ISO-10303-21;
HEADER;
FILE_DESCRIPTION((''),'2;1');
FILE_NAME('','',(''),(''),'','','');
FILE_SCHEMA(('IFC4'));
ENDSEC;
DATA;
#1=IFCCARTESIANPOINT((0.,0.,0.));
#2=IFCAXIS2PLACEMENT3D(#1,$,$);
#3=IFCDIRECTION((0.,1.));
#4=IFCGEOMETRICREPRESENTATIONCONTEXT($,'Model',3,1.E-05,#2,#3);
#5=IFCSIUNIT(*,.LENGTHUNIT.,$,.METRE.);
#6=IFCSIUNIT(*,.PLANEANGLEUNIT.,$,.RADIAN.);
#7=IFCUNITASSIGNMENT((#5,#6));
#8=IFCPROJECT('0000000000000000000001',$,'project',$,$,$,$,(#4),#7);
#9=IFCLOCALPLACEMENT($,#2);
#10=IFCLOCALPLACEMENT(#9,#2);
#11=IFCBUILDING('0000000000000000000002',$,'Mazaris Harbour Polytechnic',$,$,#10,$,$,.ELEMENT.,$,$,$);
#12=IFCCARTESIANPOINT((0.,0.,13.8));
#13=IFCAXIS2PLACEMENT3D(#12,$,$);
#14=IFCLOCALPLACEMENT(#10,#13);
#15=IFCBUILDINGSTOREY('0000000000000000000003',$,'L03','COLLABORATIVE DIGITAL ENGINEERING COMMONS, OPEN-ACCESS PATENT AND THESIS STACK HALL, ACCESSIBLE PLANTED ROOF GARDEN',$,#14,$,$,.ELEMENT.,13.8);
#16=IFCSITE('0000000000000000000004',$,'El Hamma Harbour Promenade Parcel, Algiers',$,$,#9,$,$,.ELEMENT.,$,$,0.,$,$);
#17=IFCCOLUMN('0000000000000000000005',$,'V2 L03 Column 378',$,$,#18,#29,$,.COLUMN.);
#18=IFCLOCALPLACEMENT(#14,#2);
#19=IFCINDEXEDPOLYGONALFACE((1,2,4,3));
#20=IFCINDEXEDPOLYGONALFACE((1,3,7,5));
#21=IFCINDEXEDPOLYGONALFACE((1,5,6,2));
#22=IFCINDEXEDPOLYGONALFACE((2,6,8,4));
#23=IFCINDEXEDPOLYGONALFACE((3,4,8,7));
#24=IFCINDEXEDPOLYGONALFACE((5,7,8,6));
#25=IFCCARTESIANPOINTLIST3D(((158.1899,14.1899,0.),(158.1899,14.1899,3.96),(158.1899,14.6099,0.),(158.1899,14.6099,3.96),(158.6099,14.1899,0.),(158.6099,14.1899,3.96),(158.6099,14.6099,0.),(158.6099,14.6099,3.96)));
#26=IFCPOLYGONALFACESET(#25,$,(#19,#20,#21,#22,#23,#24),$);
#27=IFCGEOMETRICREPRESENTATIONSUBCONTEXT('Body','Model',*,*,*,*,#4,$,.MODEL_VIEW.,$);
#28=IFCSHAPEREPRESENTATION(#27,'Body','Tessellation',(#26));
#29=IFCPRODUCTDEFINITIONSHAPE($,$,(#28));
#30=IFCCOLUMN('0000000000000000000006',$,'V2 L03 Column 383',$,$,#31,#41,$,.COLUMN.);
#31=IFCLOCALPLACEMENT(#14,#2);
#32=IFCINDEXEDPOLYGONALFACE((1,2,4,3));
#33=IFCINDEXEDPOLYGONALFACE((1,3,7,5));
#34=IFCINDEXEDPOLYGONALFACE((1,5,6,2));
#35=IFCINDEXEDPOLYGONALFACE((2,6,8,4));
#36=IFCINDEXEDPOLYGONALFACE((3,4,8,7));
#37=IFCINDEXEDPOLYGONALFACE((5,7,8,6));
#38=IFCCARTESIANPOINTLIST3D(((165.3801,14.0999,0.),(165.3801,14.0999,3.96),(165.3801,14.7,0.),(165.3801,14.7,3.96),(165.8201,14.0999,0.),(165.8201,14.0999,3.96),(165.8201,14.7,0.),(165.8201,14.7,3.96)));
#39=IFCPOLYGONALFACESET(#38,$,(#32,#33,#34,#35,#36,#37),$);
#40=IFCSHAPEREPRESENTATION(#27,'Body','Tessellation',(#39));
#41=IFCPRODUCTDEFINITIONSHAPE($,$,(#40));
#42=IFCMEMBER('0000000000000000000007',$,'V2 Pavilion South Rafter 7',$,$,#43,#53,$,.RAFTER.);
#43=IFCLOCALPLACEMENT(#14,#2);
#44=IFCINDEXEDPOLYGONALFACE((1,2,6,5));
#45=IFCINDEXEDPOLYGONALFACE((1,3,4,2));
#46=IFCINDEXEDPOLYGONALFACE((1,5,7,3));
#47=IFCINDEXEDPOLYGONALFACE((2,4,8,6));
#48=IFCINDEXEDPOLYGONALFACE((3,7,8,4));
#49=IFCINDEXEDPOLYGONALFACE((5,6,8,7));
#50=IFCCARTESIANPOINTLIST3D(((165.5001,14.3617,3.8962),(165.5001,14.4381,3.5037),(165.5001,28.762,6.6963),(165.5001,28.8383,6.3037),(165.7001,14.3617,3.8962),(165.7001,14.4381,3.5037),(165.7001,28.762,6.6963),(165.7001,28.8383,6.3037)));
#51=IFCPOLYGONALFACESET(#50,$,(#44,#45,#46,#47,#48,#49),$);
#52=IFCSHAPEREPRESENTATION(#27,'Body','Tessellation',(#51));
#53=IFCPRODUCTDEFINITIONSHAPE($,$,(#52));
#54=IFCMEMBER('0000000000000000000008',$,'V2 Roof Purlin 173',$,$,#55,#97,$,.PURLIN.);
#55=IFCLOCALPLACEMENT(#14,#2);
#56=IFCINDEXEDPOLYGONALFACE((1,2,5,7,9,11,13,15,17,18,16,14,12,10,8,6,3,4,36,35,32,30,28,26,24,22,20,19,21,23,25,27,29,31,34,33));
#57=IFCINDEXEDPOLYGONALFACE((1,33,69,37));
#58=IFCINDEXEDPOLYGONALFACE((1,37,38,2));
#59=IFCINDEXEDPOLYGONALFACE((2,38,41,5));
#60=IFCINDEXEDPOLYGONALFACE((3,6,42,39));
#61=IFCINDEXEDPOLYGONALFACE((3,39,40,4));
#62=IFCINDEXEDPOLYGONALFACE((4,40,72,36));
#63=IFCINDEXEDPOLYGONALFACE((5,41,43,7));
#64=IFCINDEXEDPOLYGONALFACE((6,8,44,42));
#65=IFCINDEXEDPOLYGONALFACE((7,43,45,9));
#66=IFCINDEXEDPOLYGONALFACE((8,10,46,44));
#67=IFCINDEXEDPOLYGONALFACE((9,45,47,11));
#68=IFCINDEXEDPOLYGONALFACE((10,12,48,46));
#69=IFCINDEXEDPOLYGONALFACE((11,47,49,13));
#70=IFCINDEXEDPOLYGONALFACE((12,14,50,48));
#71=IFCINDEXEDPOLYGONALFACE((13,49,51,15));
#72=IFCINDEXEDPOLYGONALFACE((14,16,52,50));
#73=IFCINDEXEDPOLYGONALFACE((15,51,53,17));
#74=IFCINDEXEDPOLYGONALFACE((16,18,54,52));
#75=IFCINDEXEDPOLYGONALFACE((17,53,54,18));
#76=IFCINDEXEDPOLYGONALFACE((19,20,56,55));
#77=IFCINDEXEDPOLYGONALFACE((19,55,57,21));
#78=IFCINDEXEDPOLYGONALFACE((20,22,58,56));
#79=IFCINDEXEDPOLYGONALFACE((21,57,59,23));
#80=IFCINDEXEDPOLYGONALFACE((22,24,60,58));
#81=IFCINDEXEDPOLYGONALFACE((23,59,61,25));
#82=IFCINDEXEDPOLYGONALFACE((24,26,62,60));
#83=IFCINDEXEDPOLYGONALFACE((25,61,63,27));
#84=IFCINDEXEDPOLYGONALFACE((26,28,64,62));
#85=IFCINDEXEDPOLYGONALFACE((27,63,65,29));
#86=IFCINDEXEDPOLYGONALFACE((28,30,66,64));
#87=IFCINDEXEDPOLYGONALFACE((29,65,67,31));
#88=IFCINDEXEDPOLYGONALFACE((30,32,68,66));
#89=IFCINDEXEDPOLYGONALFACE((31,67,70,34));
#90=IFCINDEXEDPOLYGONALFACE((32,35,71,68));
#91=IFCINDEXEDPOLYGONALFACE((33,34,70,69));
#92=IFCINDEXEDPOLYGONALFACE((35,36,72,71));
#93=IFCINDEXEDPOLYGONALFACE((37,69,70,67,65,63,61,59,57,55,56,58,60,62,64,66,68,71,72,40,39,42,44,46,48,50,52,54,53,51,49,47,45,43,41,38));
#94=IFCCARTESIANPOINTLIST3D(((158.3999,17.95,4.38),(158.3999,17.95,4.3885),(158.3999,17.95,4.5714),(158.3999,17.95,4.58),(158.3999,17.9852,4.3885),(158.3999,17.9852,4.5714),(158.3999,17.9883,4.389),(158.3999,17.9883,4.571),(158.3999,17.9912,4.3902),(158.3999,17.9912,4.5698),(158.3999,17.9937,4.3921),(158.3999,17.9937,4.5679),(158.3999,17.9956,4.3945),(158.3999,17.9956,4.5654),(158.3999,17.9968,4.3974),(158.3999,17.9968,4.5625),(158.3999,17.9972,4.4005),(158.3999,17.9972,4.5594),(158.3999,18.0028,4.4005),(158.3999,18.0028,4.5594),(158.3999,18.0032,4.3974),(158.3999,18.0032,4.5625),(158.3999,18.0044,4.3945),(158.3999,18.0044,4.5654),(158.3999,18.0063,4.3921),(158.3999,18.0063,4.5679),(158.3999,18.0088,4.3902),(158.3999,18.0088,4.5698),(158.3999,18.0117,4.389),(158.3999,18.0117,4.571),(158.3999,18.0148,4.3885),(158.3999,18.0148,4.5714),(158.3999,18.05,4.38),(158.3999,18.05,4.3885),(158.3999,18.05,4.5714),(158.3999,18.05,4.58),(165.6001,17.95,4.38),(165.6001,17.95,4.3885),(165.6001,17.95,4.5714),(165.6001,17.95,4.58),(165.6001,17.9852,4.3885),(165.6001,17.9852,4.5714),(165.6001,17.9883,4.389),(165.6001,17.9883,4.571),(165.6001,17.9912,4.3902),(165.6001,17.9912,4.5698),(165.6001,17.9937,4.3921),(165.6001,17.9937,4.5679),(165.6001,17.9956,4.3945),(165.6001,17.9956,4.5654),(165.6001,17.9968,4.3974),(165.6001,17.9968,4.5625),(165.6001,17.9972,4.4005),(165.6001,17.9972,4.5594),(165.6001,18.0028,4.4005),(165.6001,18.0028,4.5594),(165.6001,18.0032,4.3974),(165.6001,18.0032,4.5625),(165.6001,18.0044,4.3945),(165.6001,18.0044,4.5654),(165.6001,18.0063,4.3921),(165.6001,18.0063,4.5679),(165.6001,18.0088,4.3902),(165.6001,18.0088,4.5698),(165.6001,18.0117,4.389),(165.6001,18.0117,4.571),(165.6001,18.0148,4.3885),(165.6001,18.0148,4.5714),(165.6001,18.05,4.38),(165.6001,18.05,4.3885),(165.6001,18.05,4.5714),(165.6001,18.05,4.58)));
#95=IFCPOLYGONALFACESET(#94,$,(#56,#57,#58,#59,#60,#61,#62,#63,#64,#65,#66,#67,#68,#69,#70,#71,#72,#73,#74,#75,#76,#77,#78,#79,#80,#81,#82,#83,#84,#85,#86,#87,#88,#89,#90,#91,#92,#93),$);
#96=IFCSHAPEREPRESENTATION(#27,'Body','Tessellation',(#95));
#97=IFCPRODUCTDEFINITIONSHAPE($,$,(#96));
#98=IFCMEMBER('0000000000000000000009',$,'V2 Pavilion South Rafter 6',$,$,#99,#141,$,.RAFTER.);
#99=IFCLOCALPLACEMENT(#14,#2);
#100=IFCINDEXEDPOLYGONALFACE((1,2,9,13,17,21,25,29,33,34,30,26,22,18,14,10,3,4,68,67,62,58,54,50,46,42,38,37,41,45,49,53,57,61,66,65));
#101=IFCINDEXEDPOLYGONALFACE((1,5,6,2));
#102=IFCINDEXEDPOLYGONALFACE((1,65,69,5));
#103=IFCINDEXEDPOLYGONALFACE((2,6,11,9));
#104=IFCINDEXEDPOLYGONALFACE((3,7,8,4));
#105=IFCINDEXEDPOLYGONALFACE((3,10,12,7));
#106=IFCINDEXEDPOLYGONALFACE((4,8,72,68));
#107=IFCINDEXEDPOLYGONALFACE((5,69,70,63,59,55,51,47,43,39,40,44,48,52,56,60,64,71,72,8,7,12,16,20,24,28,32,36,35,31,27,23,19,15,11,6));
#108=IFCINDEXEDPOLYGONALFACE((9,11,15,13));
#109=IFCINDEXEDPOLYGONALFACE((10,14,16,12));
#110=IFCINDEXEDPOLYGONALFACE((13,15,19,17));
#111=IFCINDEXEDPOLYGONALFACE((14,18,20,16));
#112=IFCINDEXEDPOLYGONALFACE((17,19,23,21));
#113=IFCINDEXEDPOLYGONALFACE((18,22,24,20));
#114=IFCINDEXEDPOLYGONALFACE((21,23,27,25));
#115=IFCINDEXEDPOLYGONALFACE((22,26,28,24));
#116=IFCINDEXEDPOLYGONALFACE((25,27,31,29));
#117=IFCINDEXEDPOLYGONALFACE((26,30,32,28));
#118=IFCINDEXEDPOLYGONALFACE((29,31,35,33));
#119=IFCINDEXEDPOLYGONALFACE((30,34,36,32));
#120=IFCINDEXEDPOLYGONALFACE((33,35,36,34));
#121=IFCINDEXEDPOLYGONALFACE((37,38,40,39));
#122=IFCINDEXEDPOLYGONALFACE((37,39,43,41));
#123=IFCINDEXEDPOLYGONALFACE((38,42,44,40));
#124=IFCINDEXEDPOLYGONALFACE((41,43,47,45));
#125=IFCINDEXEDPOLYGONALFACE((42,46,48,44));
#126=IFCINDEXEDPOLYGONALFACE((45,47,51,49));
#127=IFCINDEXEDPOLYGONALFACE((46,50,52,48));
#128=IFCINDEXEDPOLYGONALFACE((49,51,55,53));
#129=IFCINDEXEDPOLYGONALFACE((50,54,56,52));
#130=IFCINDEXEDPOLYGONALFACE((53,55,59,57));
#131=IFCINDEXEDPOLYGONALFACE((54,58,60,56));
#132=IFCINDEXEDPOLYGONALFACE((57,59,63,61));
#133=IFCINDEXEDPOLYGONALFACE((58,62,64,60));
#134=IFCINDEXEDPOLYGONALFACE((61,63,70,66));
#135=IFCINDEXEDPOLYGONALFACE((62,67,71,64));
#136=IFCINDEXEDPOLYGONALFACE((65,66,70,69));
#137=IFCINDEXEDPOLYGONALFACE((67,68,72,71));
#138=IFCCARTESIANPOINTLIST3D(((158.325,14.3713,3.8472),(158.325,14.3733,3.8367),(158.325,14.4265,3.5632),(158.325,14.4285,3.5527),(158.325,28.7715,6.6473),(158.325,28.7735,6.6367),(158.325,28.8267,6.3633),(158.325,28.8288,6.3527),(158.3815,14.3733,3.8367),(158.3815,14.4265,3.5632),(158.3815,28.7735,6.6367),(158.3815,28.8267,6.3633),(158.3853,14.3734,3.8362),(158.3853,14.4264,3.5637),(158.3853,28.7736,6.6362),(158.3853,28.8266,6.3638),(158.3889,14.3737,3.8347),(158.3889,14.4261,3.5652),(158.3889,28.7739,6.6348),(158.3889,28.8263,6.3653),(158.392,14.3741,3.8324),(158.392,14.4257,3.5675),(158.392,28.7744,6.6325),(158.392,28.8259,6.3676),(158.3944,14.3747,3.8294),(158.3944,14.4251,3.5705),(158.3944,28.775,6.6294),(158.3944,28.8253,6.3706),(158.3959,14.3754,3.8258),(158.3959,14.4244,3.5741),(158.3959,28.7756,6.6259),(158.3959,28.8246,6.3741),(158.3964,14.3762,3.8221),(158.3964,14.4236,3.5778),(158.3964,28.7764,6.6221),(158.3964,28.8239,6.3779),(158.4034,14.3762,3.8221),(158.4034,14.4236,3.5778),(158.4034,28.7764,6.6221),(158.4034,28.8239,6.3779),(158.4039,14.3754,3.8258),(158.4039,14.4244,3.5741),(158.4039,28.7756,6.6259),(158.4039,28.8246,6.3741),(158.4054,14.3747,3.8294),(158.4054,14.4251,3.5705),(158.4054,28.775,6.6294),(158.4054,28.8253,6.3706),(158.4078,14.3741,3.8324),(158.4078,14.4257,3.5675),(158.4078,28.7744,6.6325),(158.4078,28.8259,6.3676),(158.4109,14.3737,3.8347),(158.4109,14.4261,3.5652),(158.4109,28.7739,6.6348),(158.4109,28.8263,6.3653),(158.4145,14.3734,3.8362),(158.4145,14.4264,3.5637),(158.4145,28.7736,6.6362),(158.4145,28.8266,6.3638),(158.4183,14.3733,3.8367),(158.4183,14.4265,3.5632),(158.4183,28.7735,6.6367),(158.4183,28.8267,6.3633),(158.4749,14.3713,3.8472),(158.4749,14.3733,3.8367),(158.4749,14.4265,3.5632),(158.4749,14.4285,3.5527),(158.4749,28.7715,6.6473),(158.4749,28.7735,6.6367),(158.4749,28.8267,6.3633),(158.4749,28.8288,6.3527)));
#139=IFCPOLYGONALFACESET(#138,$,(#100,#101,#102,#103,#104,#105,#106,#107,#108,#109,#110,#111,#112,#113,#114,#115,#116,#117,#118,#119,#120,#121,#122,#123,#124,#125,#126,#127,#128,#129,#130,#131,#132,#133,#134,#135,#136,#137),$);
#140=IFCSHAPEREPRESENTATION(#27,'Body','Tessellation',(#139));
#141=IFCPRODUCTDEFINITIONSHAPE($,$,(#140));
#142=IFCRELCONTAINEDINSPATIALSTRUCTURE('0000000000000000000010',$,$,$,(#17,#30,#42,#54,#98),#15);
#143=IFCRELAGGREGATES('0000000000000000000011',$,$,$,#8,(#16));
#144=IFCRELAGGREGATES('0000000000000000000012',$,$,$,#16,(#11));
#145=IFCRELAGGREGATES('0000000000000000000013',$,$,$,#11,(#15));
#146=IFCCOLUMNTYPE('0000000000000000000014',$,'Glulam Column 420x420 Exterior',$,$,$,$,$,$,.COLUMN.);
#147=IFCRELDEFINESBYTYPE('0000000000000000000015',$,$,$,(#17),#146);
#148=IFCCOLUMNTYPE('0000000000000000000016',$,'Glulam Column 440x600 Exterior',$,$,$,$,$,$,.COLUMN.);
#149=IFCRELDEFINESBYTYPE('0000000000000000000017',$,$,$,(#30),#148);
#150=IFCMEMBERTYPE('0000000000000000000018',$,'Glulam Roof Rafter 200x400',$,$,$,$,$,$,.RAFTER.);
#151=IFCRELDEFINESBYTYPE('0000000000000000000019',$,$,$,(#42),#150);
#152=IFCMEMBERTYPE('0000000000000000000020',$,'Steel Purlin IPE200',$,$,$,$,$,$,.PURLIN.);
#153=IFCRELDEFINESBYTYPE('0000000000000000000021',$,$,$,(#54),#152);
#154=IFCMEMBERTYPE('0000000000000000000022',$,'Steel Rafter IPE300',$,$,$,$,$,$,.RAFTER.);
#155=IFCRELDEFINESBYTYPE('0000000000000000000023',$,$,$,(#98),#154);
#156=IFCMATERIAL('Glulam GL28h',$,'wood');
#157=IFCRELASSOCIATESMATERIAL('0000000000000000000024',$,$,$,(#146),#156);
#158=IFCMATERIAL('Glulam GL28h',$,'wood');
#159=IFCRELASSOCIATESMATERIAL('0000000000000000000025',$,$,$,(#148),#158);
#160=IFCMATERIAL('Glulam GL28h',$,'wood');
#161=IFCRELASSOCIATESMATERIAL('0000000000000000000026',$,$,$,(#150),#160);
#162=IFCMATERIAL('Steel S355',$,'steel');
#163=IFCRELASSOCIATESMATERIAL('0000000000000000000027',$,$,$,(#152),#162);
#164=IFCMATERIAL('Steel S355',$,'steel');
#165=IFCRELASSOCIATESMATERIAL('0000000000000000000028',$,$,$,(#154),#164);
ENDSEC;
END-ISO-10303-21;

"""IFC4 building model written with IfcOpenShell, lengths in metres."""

from ifc_helpers import new_model, si_unit, direction, frame, origin, origin_2d, place, context, subcontext, project, spatial, rectangle, i_section, extrude, material, material_profile, profile_set, type_object, element, save


model = new_model("IFC4")

# Units and contexts
model_context = context("Model", 3, precision=1e-05, world=origin(), true_north=direction((0.0, 1.0)))
body_context = subcontext(model_context, "Body", "Model", "MODEL_VIEW")
ifc_project = project(units=[si_unit("LENGTHUNIT", "METRE"), si_unit("PLANEANGLEUNIT", "RADIAN")], contexts=[model_context])

# Site, building, storey
site_placement = place(None, origin())
site = spatial("IfcSite", under=ifc_project, at=site_placement, Name="El Hamma Harbour Promenade Parcel, Algiers", CompositionType="ELEMENT", RefElevation=0.0)
building_placement = place(site_placement, origin())
building = spatial("IfcBuilding", under=site, at=building_placement, Name="Mazaris Harbour Polytechnic", CompositionType="ELEMENT")
storey_placement = place(building_placement, frame((0.0, 0.0, 13.8)))
storey = spatial("IfcBuildingStorey", under=building, at=storey_placement, Name="L03", Description="COLLABORATIVE DIGITAL ENGINEERING COMMONS, OPEN-ACCESS PATENT AND THESIS STACK HALL, ACCESSIBLE PLANTED ROOF GARDEN", CompositionType="ELEMENT", Elevation=13.8)

# Columns
ifc_material_1 = material(Name="Glulam GL28h", Category="wood")
ifc_material_profile_1 = material_profile(ifc_material_1, rectangle(XDim=0.4199, YDim=0.4199, at=origin_2d()), Name="RECT420x420")
ifc_profile_set_1 = profile_set([ifc_material_profile_1], Name="Glulam GL28h")
column_type_1 = type_object("IfcColumnType", Name="Glulam Column 420x420 Exterior", PredefinedType="COLUMN", material=ifc_profile_set_1)
column_1_placement = place(storey_placement, frame((158.3999, 14.3999, 0.0), z_axis=(0.0, 0.0, 1.0), x_axis=(1.0, 0.0, 0.0)))
element("IfcColumn", 1, at=column_1_placement, inside=storey, type_object=column_type_1, Name="V2 L03 Column 378", PredefinedType="COLUMN", context=body_context, shape_type="SweptSolid", body=[
    extrude(rectangle(XDim=0.4199, YDim=0.4199, at=origin_2d()), origin(), (0.0, 0.0, 1.0), 3.96),
])
ifc_material_2 = material(Name="Glulam GL28h", Category="wood")
ifc_material_profile_2 = material_profile(ifc_material_2, rectangle(XDim=0.4399, YDim=0.6001, at=origin_2d()), Name="RECT440x600")
ifc_profile_set_2 = profile_set([ifc_material_profile_2], Name="Glulam GL28h")
column_type_2 = type_object("IfcColumnType", Name="Glulam Column 440x600 Exterior", PredefinedType="COLUMN", material=ifc_profile_set_2)
column_2_placement = place(storey_placement, frame((165.6001, 14.3999, 0.0), z_axis=(0.0, 0.0, 1.0), x_axis=(1.0, 0.0, 0.0)))
element("IfcColumn", 2, at=column_2_placement, inside=storey, type_object=column_type_2, Name="V2 L03 Column 383", PredefinedType="COLUMN", context=body_context, shape_type="SweptSolid", body=[
    extrude(rectangle(XDim=0.4399, YDim=0.6001, at=origin_2d()), origin(), (0.0, 0.0, 1.0), 3.96),
])

# Members
ifc_material_3 = material(Name="Glulam GL28h", Category="wood")
ifc_material_profile_3 = material_profile(ifc_material_3, rectangle(XDim=0.2, YDim=0.3999, at=origin_2d()), Name="RECT200x400")
ifc_profile_set_3 = profile_set([ifc_material_profile_3], Name="Glulam GL28h")
member_type_1 = type_object("IfcMemberType", Name="Glulam Roof Rafter 200x400", PredefinedType="RAFTER", material=ifc_profile_set_3)
member_1_placement = place(storey_placement, frame((165.6001, 14.3999, 3.7), z_axis=(0.0, 0.981615, 0.190871), x_axis=(-1.0, 0.0, 0.0)))
element("IfcMember", 3, at=member_1_placement, inside=storey, type_object=member_type_1, Name="V2 Pavilion South Rafter 7", PredefinedType="RAFTER", context=body_context, shape_type="SweptSolid", body=[
    extrude(rectangle(XDim=0.2, YDim=0.3999, at=origin_2d()), origin(), (0.0, 0.0, 1.0), 14.6699),
])
ifc_material_4 = material(Name="Steel S355", Category="steel")
ifc_material_profile_4 = material_profile(ifc_material_4, i_section(OverallWidth=0.1001, OverallDepth=0.2, WebThickness=0.0056, FlangeThickness=0.0085, FilletRadius=0.012, at=origin_2d()), Name="IPE 200")
ifc_profile_set_4 = profile_set([ifc_material_profile_4], Name="Steel S355")
member_type_2 = type_object("IfcMemberType", Name="Steel Purlin IPE200", PredefinedType="PURLIN", material=ifc_profile_set_4)
member_2_placement = place(storey_placement, frame((158.3999, 18.0, 4.48), z_axis=(1.0, 0.0, 0.0), x_axis=(0.0, 1.0, 0.0)))
element("IfcMember", 4, at=member_2_placement, inside=storey, type_object=member_type_2, Name="V2 Roof Purlin 173", PredefinedType="PURLIN", context=body_context, shape_type="SweptSolid", body=[
    extrude(i_section(OverallWidth=0.1001, OverallDepth=0.2, WebThickness=0.0056, FlangeThickness=0.0085, FilletRadius=0.012, at=origin_2d()), origin(), (0.0, 0.0, 1.0), 7.2002),
])
ifc_material_5 = material(Name="Steel S355", Category="steel")
ifc_material_profile_5 = material_profile(ifc_material_5, i_section(OverallWidth=0.1499, OverallDepth=0.3, WebThickness=0.0071, FlangeThickness=0.0107, FilletRadius=0.0149, at=origin_2d()), Name="IPE 300")
ifc_profile_set_5 = profile_set([ifc_material_profile_5], Name="Steel S355")
member_type_3 = type_object("IfcMemberType", Name="Steel Rafter IPE300", PredefinedType="RAFTER", material=ifc_profile_set_5)
member_3_placement = place(storey_placement, frame((158.3999, 14.3999, 3.7), z_axis=(0.0, 0.981615, 0.190871), x_axis=(-1.0, 0.0, 0.0)))
element("IfcMember", 5, at=member_3_placement, inside=storey, type_object=member_type_3, Name="V2 Pavilion South Rafter 6", PredefinedType="RAFTER", context=body_context, shape_type="SweptSolid", body=[
    extrude(i_section(OverallWidth=0.1499, OverallDepth=0.3, WebThickness=0.0071, FlangeThickness=0.0107, FilletRadius=0.0149, at=origin_2d()), origin(), (0.0, 0.0, 1.0), 14.6699),
])

save(model, "model.ifc")
